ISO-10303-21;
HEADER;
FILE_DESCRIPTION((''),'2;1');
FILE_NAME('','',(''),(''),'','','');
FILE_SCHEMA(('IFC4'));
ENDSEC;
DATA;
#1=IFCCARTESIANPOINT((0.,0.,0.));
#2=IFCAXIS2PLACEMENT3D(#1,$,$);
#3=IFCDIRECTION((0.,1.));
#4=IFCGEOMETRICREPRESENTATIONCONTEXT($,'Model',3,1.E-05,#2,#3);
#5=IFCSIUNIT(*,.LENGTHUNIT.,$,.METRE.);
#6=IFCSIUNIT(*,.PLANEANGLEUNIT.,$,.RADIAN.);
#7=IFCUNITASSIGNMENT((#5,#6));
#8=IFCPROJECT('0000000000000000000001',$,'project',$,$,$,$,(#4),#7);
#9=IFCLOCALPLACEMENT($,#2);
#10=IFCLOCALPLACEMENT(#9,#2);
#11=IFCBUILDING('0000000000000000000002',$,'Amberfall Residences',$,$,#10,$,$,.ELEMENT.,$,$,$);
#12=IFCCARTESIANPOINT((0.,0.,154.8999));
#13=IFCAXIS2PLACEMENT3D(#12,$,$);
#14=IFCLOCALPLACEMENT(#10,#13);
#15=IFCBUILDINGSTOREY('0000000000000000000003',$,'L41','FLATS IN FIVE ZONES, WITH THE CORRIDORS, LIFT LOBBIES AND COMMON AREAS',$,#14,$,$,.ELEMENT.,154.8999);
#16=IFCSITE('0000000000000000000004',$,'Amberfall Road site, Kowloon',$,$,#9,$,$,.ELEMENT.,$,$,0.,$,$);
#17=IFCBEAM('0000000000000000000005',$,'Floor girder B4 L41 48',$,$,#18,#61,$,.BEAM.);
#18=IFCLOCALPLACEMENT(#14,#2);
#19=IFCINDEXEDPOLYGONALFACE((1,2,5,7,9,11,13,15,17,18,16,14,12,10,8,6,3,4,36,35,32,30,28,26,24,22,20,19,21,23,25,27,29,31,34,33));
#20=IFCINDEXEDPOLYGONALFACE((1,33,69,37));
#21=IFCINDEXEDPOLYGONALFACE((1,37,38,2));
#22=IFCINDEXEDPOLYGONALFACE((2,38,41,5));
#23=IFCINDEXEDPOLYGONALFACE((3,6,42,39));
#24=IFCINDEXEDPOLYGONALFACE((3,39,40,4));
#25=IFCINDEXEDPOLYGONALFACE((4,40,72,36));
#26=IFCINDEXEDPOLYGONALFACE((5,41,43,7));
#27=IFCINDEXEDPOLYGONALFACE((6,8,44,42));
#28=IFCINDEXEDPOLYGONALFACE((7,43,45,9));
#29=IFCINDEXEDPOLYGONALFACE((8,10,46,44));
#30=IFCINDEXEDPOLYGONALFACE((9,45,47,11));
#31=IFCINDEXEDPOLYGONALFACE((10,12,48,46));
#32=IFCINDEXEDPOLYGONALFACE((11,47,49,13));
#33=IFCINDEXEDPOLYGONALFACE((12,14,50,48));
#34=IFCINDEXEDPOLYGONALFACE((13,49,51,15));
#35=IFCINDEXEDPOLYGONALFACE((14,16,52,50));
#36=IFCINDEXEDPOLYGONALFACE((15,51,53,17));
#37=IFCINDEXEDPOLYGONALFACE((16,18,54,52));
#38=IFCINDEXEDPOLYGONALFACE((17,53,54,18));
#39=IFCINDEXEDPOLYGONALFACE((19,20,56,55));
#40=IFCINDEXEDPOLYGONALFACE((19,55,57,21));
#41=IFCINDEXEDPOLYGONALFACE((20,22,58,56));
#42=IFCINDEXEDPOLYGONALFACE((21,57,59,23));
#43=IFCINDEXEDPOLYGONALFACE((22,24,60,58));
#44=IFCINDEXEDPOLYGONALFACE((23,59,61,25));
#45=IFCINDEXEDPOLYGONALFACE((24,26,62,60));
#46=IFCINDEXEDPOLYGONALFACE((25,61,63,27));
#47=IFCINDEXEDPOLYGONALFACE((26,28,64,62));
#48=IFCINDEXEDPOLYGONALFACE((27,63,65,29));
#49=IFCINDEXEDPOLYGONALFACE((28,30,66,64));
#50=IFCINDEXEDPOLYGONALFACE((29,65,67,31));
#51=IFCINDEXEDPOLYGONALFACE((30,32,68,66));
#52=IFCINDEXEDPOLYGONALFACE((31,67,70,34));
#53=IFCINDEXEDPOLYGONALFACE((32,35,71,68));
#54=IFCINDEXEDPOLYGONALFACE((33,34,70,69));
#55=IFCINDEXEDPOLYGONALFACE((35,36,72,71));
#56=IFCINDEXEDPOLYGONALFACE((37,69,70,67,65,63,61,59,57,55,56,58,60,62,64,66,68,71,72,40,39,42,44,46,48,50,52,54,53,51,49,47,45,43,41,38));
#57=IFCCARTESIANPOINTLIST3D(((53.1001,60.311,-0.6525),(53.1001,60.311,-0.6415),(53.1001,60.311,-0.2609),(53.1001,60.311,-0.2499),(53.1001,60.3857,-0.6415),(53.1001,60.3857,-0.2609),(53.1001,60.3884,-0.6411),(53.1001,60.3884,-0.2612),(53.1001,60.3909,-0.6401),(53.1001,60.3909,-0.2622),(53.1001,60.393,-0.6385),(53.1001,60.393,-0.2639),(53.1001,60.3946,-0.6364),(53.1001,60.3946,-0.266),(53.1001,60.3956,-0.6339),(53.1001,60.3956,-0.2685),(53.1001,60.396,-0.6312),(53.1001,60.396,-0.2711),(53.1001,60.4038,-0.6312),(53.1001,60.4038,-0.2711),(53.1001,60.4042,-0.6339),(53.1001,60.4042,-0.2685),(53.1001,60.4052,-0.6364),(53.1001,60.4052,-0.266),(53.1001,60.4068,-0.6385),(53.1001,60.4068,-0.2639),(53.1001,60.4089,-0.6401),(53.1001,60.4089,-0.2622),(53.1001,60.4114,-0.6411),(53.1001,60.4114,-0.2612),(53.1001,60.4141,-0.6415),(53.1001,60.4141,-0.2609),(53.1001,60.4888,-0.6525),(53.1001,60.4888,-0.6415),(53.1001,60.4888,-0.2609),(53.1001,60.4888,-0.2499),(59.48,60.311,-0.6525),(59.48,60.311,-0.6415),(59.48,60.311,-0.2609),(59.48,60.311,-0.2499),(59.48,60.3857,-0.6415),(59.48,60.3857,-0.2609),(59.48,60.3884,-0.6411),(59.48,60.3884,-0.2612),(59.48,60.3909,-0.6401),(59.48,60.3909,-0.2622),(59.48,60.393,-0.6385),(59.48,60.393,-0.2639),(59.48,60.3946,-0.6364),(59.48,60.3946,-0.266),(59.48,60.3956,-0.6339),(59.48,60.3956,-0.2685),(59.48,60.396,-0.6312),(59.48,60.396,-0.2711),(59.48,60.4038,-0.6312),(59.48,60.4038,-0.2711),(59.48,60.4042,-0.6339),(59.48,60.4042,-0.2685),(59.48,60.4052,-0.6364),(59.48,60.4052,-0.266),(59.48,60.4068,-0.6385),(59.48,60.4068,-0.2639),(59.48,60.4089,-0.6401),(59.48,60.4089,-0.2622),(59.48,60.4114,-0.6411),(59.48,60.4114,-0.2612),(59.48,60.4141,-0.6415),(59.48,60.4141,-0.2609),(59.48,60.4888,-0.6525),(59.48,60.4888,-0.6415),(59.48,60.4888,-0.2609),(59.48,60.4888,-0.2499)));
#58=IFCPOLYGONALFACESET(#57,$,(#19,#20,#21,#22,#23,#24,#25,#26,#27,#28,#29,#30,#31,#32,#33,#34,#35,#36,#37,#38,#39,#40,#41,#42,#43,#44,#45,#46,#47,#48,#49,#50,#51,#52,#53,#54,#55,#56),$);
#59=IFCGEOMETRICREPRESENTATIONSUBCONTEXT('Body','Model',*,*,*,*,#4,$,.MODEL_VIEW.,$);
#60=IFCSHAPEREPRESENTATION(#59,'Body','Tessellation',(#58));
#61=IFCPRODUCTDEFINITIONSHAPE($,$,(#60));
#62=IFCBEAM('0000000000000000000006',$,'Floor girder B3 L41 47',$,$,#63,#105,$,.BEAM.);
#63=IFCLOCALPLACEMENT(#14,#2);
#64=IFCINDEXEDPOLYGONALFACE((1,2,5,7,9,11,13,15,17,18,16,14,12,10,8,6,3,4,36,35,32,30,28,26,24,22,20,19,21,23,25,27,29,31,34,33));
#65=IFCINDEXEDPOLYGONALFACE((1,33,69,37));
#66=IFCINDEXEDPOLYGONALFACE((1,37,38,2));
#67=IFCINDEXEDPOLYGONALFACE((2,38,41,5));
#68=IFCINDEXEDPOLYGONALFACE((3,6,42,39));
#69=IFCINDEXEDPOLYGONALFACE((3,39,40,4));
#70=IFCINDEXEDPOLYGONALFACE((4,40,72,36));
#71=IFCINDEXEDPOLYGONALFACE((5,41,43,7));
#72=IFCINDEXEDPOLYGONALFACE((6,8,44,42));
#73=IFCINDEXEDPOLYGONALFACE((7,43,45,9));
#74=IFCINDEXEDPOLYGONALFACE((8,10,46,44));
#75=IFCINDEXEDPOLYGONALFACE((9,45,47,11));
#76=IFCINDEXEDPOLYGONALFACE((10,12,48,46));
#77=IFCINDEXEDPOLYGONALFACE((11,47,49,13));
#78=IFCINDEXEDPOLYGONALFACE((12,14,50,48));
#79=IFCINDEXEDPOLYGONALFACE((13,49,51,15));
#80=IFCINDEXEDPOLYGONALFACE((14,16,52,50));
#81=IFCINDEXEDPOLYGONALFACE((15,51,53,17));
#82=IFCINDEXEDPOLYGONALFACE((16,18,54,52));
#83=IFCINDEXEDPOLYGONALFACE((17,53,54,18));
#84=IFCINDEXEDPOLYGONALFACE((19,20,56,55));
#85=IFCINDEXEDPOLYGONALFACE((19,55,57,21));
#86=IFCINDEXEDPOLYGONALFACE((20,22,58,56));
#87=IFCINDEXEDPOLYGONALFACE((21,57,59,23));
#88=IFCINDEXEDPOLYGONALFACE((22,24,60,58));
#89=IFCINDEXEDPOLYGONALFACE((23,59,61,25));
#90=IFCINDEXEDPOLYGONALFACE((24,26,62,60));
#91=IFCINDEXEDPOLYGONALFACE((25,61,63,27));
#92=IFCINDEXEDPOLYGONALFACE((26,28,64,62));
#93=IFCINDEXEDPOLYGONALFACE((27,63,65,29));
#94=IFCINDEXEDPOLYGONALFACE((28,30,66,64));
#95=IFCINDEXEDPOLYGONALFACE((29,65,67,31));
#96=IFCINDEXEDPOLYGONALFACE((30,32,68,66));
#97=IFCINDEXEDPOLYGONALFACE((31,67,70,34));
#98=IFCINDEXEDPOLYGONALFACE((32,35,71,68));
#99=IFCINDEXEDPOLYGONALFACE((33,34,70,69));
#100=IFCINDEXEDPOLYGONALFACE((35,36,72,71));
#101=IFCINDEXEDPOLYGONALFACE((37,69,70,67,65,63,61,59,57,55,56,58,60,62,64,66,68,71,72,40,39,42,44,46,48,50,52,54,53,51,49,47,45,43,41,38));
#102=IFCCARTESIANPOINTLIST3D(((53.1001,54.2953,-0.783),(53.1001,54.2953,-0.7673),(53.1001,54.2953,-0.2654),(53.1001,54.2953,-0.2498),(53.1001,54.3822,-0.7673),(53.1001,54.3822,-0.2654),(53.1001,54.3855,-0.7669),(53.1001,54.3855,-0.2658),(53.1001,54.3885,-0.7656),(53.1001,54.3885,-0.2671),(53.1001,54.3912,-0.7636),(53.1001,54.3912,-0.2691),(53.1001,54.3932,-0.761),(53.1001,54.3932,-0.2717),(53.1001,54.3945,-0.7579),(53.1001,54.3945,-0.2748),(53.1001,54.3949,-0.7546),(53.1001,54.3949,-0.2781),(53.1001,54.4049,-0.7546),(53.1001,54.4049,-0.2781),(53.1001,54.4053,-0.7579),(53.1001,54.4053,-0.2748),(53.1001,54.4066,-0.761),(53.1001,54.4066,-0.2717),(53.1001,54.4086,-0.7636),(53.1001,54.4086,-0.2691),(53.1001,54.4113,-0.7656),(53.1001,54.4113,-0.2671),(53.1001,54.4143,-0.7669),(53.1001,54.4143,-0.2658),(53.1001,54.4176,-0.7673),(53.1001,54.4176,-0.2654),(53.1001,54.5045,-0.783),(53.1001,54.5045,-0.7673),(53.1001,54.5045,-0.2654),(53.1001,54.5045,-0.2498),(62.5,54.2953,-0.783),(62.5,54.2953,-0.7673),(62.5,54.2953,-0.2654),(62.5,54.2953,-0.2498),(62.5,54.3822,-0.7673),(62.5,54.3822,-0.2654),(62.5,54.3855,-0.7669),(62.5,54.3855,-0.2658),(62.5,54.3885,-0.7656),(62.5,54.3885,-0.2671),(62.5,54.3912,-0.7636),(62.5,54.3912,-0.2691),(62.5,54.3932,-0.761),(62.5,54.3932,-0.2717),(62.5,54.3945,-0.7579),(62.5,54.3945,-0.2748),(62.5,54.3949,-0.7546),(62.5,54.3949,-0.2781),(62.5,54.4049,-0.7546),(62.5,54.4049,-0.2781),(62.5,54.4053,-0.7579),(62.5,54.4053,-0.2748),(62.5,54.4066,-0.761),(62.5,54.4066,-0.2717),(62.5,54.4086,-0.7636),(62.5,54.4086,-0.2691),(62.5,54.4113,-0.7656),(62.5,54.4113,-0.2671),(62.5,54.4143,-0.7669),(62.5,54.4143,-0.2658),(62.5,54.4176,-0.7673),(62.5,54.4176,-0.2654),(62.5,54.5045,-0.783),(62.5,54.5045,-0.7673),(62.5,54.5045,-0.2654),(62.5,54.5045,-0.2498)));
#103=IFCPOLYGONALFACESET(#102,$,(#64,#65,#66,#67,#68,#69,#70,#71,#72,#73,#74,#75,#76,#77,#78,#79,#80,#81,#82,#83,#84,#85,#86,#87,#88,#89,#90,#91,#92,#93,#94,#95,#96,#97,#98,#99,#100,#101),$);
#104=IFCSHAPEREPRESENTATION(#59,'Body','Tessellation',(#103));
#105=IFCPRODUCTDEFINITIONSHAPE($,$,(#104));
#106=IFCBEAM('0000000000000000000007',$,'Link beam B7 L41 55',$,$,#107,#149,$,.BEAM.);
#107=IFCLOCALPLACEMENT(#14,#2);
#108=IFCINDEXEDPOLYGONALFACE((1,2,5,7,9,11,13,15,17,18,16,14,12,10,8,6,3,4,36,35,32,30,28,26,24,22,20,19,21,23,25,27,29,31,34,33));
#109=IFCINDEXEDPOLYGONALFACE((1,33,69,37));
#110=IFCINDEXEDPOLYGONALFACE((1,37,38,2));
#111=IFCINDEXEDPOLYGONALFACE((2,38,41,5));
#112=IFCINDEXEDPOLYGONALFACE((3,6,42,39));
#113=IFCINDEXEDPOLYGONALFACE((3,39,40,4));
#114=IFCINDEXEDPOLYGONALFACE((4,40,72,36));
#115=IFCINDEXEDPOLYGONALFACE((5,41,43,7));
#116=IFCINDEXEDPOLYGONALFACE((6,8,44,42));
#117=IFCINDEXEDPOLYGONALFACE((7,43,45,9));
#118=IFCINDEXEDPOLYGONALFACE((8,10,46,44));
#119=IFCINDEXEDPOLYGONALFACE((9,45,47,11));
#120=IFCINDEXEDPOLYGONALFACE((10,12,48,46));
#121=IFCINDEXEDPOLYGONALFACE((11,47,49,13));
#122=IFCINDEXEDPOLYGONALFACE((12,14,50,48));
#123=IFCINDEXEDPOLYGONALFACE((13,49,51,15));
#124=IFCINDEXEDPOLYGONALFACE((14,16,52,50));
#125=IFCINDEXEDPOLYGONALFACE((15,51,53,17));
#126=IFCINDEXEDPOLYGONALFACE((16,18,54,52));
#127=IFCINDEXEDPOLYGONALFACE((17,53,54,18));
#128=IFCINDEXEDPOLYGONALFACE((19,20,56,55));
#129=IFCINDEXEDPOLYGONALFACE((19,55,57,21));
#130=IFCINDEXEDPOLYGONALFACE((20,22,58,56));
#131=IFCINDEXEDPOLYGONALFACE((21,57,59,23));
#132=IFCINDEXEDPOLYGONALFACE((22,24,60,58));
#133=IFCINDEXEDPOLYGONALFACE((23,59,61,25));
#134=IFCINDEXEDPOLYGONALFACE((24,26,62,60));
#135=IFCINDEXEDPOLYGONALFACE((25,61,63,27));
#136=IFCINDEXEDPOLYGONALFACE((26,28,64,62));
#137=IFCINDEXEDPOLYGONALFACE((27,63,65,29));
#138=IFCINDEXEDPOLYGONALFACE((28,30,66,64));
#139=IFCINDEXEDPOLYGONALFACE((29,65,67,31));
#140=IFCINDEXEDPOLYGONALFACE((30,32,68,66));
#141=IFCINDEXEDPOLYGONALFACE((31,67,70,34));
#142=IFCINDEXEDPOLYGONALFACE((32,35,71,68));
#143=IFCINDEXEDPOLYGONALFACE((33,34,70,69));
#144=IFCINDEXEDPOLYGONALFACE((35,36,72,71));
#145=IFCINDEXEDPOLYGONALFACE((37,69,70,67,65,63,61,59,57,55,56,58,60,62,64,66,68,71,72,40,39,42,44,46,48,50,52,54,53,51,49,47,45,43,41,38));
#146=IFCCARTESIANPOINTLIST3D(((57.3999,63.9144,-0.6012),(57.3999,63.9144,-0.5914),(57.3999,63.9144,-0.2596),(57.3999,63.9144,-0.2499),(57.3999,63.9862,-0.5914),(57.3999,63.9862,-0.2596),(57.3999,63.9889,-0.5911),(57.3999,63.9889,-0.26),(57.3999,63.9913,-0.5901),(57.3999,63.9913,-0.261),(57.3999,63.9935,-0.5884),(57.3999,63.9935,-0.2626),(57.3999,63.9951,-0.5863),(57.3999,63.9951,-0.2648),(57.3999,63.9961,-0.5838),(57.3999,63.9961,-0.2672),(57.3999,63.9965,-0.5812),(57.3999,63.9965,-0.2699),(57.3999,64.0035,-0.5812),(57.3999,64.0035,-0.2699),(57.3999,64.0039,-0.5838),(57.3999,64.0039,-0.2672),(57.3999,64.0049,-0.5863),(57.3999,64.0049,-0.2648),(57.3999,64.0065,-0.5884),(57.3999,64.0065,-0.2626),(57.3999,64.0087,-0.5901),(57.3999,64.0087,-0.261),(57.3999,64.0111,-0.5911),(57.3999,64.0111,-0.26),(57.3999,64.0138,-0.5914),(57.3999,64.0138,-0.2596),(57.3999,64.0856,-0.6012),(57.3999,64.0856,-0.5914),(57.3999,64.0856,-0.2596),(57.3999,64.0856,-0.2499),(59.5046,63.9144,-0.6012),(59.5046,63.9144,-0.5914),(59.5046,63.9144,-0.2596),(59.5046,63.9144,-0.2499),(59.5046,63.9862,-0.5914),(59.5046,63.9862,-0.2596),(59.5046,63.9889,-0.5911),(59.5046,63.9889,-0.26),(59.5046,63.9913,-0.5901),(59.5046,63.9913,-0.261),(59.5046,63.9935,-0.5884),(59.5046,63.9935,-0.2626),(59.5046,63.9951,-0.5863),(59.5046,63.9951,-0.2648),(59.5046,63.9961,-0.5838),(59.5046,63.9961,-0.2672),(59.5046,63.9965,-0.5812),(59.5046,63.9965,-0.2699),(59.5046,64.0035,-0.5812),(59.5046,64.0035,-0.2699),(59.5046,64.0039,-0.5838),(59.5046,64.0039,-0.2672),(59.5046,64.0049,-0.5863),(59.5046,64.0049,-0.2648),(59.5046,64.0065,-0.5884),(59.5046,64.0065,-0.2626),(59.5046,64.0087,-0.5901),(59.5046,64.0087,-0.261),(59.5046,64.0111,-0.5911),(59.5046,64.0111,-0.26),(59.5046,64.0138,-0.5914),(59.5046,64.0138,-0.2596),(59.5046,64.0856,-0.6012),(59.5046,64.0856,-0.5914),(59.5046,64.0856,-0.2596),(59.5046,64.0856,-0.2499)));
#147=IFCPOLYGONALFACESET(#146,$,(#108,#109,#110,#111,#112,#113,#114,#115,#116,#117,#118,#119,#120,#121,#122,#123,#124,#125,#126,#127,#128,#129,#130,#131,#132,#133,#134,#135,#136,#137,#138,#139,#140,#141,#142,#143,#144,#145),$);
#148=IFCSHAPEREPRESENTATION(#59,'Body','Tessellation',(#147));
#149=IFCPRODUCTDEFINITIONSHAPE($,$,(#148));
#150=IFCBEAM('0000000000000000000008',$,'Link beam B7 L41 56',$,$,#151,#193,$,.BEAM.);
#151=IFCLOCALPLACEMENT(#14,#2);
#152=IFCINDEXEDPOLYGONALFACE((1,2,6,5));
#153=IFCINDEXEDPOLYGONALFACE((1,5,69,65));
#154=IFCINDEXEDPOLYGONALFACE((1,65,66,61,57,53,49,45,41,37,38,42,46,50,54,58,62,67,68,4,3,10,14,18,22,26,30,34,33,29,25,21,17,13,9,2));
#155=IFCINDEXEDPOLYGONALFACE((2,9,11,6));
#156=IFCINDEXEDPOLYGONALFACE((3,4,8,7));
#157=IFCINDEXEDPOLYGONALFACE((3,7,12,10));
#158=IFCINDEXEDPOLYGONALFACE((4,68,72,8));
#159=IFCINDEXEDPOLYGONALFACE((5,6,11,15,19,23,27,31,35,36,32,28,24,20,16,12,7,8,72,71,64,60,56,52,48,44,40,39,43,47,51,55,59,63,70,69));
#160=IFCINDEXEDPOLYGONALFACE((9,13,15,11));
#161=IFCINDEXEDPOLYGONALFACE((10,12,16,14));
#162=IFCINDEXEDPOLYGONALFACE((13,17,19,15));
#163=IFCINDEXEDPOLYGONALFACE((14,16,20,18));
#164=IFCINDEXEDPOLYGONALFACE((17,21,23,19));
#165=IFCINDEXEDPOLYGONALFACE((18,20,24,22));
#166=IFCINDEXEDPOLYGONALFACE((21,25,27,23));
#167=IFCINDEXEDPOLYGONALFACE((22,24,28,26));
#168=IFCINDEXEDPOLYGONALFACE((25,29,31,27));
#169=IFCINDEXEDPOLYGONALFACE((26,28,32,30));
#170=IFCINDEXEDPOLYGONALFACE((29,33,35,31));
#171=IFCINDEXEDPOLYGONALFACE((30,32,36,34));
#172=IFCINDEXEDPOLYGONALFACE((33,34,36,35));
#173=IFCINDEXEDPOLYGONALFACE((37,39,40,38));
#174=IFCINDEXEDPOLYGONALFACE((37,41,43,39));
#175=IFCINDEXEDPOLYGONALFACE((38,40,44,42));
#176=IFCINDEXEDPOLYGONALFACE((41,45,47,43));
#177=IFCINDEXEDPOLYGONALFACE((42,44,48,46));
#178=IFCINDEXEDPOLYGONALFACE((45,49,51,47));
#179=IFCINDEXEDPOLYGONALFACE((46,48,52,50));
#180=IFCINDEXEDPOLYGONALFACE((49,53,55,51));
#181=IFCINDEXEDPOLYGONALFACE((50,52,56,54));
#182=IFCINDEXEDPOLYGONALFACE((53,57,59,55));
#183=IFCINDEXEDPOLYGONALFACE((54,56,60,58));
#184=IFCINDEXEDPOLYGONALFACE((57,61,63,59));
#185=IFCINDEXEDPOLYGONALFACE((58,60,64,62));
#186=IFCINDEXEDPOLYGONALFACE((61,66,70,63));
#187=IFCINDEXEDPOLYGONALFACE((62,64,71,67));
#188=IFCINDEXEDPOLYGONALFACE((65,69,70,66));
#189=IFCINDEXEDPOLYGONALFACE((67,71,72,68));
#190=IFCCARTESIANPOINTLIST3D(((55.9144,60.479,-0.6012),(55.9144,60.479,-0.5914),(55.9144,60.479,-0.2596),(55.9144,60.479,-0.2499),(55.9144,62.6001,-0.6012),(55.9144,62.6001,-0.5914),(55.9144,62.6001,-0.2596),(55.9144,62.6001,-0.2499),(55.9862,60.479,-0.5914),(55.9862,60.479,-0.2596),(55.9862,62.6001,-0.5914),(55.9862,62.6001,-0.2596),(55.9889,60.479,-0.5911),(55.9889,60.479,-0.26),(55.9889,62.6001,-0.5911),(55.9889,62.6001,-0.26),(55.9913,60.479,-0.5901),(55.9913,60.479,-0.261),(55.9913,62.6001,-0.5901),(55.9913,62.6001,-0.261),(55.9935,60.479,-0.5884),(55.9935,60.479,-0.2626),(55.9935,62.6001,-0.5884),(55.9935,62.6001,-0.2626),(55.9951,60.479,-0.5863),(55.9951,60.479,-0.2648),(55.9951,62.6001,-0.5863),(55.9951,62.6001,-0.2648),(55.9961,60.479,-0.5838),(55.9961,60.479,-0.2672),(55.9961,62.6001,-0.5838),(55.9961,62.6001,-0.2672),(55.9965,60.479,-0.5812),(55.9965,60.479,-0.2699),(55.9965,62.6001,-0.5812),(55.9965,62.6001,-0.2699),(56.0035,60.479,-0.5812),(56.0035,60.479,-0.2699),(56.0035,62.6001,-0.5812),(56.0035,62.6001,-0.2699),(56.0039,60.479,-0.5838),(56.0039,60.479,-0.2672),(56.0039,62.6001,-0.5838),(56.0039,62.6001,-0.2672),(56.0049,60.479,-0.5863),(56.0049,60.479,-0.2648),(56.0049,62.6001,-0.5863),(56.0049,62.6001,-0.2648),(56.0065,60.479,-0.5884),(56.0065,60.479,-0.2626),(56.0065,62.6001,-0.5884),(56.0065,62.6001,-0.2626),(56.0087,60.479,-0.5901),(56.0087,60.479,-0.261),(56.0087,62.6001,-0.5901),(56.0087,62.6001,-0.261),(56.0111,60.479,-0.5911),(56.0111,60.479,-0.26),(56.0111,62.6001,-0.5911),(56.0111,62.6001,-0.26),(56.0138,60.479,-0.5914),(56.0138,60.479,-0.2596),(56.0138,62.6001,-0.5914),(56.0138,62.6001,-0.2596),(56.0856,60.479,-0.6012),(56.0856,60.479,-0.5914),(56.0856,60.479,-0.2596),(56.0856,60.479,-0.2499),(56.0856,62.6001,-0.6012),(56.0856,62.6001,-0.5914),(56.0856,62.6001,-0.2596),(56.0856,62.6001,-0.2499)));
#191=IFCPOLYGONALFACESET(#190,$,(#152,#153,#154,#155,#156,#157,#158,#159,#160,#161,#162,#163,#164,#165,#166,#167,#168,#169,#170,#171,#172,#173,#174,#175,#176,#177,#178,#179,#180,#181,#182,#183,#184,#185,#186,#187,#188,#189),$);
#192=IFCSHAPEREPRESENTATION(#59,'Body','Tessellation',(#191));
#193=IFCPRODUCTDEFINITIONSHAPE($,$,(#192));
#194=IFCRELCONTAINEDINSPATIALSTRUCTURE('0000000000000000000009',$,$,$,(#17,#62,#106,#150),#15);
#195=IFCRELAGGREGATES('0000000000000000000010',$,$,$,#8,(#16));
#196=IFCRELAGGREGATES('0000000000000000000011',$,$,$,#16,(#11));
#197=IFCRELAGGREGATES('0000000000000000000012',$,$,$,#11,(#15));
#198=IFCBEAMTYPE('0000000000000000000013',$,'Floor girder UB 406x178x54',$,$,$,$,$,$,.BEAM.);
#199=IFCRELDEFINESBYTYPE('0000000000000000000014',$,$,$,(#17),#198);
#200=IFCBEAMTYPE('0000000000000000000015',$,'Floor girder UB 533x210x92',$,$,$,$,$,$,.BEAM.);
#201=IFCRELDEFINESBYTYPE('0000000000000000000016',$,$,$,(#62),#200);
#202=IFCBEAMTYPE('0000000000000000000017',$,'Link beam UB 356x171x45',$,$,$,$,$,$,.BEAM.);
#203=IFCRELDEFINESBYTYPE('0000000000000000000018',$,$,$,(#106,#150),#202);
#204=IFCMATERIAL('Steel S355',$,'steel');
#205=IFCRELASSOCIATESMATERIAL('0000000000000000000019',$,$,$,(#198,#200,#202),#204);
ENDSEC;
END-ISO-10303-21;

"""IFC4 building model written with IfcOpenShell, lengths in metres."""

from ifc_helpers import new_model, si_unit, direction, frame, origin, origin_2d, place, context, subcontext, project, spatial, i_section, extrude, material, material_profile, profile_set, type_object, element, save


model = new_model("IFC4")

# Units and contexts
model_context = context("Model", 3, precision=1e-05, world=origin(), true_north=direction((0.0, 1.0)))
body_context = subcontext(model_context, "Body", "Model", "MODEL_VIEW")
ifc_project = project(units=[si_unit("LENGTHUNIT", "METRE"), si_unit("PLANEANGLEUNIT", "RADIAN")], contexts=[model_context])

# Site, building, storey
site_placement = place(None, origin())
site = spatial("IfcSite", under=ifc_project, at=site_placement, Name="Amberfall Road site, Kowloon", CompositionType="ELEMENT", RefElevation=0.0)
building_placement = place(site_placement, origin())
building = spatial("IfcBuilding", under=site, at=building_placement, Name="Amberfall Residences", CompositionType="ELEMENT")
storey_placement = place(building_placement, frame((0.0, 0.0, 154.8999)))
storey = spatial("IfcBuildingStorey", under=building, at=storey_placement, Name="L41", Description="FLATS IN FIVE ZONES, WITH THE CORRIDORS, LIFT LOBBIES AND COMMON AREAS", CompositionType="ELEMENT", Elevation=154.8999)

# Shared definitions
ifc_material_1 = material(Name="Steel S355", Category="steel")

# Beams
ifc_material_profile_1 = material_profile(ifc_material_1, i_section(OverallWidth=0.1777, OverallDepth=0.4026, WebThickness=0.0078, FlangeThickness=0.011, FilletRadius=0.0103, at=origin_2d()), Name="UB 406x178x54")
ifc_profile_set_1 = profile_set([ifc_material_profile_1], Name="Steel S355")
beam_type_1 = type_object("IfcBeamType", Name="Floor girder UB 406x178x54", PredefinedType="BEAM", material=ifc_profile_set_1)
beam_1_placement = place(storey_placement, frame((53.1001, 60.3999, -0.4512), z_axis=(1.0, 0.0, 0.0), x_axis=(0.0, 1.0, 0.0)))
element("IfcBeam", 1, at=beam_1_placement, inside=storey, type_object=beam_type_1, Name="Floor girder B4 L41 48", PredefinedType="BEAM", context=body_context, shape_type="SweptSolid", body=[
    extrude(i_section(OverallWidth=0.1777, OverallDepth=0.4026, WebThickness=0.0078, FlangeThickness=0.011, FilletRadius=0.0103, at=origin_2d()), origin(), (0.0, 0.0, 1.0), 6.3799),
])
ifc_material_profile_2 = material_profile(ifc_material_1, i_section(OverallWidth=0.2092, OverallDepth=0.5332, WebThickness=0.01, FlangeThickness=0.0156, FilletRadius=0.0127, at=origin_2d()), Name="UB 533x210x92")
ifc_profile_set_2 = profile_set([ifc_material_profile_2], Name="Steel S355")
beam_type_2 = type_object("IfcBeamType", Name="Floor girder UB 533x210x92", PredefinedType="BEAM", material=ifc_profile_set_2)
beam_2_placement = place(storey_placement, frame((53.1001, 54.3999, -0.5164), z_axis=(1.0, 0.0, 0.0), x_axis=(0.0, 1.0, 0.0)))
element("IfcBeam", 2, at=beam_2_placement, inside=storey, type_object=beam_type_2, Name="Floor girder B3 L41 47", PredefinedType="BEAM", context=body_context, shape_type="SweptSolid", body=[
    extrude(i_section(OverallWidth=0.2092, OverallDepth=0.5332, WebThickness=0.01, FlangeThickness=0.0156, FilletRadius=0.0127, at=origin_2d()), origin(), (0.0, 0.0, 1.0), 9.3999),
])
ifc_material_profile_3 = material_profile(ifc_material_1, i_section(OverallWidth=0.1711, OverallDepth=0.3513, WebThickness=0.0071, FlangeThickness=0.0098, FilletRadius=0.0103, at=origin_2d()), Name="UB 356x171x45")
ifc_profile_set_3 = profile_set([ifc_material_profile_3], Name="Steel S355")
beam_type_3 = type_object("IfcBeamType", Name="Link beam UB 356x171x45", PredefinedType="BEAM", material=ifc_profile_set_3)
beam_3_placement = place(storey_placement, frame((57.3999, 64.0, -0.4255), z_axis=(1.0, 0.0, 0.0), x_axis=(0.0, 1.0, 0.0)))
element("IfcBeam", 3, at=beam_3_placement, inside=storey, type_object=beam_type_3, Name="Link beam B7 L41 55", PredefinedType="BEAM", context=body_context, shape_type="SweptSolid", body=[
    extrude(i_section(OverallWidth=0.1711, OverallDepth=0.3513, WebThickness=0.0071, FlangeThickness=0.0098, FilletRadius=0.0103, at=origin_2d()), origin(), (0.0, 0.0, 1.0), 2.1047),
])
beam_4_placement = place(storey_placement, frame((56.0, 62.6001, -0.4255), z_axis=(0.0, -1.0, 0.0), x_axis=(1.0, 0.0, 0.0)))
element("IfcBeam", 4, at=beam_4_placement, inside=storey, type_object=beam_type_3, Name="Link beam B7 L41 56", PredefinedType="BEAM", context=body_context, shape_type="SweptSolid", body=[
    extrude(i_section(OverallWidth=0.1711, OverallDepth=0.3513, WebThickness=0.0071, FlangeThickness=0.0098, FilletRadius=0.0103, at=origin_2d()), origin(), (0.0, 0.0, 1.0), 2.1211),
])

save(model, "model.ifc")
